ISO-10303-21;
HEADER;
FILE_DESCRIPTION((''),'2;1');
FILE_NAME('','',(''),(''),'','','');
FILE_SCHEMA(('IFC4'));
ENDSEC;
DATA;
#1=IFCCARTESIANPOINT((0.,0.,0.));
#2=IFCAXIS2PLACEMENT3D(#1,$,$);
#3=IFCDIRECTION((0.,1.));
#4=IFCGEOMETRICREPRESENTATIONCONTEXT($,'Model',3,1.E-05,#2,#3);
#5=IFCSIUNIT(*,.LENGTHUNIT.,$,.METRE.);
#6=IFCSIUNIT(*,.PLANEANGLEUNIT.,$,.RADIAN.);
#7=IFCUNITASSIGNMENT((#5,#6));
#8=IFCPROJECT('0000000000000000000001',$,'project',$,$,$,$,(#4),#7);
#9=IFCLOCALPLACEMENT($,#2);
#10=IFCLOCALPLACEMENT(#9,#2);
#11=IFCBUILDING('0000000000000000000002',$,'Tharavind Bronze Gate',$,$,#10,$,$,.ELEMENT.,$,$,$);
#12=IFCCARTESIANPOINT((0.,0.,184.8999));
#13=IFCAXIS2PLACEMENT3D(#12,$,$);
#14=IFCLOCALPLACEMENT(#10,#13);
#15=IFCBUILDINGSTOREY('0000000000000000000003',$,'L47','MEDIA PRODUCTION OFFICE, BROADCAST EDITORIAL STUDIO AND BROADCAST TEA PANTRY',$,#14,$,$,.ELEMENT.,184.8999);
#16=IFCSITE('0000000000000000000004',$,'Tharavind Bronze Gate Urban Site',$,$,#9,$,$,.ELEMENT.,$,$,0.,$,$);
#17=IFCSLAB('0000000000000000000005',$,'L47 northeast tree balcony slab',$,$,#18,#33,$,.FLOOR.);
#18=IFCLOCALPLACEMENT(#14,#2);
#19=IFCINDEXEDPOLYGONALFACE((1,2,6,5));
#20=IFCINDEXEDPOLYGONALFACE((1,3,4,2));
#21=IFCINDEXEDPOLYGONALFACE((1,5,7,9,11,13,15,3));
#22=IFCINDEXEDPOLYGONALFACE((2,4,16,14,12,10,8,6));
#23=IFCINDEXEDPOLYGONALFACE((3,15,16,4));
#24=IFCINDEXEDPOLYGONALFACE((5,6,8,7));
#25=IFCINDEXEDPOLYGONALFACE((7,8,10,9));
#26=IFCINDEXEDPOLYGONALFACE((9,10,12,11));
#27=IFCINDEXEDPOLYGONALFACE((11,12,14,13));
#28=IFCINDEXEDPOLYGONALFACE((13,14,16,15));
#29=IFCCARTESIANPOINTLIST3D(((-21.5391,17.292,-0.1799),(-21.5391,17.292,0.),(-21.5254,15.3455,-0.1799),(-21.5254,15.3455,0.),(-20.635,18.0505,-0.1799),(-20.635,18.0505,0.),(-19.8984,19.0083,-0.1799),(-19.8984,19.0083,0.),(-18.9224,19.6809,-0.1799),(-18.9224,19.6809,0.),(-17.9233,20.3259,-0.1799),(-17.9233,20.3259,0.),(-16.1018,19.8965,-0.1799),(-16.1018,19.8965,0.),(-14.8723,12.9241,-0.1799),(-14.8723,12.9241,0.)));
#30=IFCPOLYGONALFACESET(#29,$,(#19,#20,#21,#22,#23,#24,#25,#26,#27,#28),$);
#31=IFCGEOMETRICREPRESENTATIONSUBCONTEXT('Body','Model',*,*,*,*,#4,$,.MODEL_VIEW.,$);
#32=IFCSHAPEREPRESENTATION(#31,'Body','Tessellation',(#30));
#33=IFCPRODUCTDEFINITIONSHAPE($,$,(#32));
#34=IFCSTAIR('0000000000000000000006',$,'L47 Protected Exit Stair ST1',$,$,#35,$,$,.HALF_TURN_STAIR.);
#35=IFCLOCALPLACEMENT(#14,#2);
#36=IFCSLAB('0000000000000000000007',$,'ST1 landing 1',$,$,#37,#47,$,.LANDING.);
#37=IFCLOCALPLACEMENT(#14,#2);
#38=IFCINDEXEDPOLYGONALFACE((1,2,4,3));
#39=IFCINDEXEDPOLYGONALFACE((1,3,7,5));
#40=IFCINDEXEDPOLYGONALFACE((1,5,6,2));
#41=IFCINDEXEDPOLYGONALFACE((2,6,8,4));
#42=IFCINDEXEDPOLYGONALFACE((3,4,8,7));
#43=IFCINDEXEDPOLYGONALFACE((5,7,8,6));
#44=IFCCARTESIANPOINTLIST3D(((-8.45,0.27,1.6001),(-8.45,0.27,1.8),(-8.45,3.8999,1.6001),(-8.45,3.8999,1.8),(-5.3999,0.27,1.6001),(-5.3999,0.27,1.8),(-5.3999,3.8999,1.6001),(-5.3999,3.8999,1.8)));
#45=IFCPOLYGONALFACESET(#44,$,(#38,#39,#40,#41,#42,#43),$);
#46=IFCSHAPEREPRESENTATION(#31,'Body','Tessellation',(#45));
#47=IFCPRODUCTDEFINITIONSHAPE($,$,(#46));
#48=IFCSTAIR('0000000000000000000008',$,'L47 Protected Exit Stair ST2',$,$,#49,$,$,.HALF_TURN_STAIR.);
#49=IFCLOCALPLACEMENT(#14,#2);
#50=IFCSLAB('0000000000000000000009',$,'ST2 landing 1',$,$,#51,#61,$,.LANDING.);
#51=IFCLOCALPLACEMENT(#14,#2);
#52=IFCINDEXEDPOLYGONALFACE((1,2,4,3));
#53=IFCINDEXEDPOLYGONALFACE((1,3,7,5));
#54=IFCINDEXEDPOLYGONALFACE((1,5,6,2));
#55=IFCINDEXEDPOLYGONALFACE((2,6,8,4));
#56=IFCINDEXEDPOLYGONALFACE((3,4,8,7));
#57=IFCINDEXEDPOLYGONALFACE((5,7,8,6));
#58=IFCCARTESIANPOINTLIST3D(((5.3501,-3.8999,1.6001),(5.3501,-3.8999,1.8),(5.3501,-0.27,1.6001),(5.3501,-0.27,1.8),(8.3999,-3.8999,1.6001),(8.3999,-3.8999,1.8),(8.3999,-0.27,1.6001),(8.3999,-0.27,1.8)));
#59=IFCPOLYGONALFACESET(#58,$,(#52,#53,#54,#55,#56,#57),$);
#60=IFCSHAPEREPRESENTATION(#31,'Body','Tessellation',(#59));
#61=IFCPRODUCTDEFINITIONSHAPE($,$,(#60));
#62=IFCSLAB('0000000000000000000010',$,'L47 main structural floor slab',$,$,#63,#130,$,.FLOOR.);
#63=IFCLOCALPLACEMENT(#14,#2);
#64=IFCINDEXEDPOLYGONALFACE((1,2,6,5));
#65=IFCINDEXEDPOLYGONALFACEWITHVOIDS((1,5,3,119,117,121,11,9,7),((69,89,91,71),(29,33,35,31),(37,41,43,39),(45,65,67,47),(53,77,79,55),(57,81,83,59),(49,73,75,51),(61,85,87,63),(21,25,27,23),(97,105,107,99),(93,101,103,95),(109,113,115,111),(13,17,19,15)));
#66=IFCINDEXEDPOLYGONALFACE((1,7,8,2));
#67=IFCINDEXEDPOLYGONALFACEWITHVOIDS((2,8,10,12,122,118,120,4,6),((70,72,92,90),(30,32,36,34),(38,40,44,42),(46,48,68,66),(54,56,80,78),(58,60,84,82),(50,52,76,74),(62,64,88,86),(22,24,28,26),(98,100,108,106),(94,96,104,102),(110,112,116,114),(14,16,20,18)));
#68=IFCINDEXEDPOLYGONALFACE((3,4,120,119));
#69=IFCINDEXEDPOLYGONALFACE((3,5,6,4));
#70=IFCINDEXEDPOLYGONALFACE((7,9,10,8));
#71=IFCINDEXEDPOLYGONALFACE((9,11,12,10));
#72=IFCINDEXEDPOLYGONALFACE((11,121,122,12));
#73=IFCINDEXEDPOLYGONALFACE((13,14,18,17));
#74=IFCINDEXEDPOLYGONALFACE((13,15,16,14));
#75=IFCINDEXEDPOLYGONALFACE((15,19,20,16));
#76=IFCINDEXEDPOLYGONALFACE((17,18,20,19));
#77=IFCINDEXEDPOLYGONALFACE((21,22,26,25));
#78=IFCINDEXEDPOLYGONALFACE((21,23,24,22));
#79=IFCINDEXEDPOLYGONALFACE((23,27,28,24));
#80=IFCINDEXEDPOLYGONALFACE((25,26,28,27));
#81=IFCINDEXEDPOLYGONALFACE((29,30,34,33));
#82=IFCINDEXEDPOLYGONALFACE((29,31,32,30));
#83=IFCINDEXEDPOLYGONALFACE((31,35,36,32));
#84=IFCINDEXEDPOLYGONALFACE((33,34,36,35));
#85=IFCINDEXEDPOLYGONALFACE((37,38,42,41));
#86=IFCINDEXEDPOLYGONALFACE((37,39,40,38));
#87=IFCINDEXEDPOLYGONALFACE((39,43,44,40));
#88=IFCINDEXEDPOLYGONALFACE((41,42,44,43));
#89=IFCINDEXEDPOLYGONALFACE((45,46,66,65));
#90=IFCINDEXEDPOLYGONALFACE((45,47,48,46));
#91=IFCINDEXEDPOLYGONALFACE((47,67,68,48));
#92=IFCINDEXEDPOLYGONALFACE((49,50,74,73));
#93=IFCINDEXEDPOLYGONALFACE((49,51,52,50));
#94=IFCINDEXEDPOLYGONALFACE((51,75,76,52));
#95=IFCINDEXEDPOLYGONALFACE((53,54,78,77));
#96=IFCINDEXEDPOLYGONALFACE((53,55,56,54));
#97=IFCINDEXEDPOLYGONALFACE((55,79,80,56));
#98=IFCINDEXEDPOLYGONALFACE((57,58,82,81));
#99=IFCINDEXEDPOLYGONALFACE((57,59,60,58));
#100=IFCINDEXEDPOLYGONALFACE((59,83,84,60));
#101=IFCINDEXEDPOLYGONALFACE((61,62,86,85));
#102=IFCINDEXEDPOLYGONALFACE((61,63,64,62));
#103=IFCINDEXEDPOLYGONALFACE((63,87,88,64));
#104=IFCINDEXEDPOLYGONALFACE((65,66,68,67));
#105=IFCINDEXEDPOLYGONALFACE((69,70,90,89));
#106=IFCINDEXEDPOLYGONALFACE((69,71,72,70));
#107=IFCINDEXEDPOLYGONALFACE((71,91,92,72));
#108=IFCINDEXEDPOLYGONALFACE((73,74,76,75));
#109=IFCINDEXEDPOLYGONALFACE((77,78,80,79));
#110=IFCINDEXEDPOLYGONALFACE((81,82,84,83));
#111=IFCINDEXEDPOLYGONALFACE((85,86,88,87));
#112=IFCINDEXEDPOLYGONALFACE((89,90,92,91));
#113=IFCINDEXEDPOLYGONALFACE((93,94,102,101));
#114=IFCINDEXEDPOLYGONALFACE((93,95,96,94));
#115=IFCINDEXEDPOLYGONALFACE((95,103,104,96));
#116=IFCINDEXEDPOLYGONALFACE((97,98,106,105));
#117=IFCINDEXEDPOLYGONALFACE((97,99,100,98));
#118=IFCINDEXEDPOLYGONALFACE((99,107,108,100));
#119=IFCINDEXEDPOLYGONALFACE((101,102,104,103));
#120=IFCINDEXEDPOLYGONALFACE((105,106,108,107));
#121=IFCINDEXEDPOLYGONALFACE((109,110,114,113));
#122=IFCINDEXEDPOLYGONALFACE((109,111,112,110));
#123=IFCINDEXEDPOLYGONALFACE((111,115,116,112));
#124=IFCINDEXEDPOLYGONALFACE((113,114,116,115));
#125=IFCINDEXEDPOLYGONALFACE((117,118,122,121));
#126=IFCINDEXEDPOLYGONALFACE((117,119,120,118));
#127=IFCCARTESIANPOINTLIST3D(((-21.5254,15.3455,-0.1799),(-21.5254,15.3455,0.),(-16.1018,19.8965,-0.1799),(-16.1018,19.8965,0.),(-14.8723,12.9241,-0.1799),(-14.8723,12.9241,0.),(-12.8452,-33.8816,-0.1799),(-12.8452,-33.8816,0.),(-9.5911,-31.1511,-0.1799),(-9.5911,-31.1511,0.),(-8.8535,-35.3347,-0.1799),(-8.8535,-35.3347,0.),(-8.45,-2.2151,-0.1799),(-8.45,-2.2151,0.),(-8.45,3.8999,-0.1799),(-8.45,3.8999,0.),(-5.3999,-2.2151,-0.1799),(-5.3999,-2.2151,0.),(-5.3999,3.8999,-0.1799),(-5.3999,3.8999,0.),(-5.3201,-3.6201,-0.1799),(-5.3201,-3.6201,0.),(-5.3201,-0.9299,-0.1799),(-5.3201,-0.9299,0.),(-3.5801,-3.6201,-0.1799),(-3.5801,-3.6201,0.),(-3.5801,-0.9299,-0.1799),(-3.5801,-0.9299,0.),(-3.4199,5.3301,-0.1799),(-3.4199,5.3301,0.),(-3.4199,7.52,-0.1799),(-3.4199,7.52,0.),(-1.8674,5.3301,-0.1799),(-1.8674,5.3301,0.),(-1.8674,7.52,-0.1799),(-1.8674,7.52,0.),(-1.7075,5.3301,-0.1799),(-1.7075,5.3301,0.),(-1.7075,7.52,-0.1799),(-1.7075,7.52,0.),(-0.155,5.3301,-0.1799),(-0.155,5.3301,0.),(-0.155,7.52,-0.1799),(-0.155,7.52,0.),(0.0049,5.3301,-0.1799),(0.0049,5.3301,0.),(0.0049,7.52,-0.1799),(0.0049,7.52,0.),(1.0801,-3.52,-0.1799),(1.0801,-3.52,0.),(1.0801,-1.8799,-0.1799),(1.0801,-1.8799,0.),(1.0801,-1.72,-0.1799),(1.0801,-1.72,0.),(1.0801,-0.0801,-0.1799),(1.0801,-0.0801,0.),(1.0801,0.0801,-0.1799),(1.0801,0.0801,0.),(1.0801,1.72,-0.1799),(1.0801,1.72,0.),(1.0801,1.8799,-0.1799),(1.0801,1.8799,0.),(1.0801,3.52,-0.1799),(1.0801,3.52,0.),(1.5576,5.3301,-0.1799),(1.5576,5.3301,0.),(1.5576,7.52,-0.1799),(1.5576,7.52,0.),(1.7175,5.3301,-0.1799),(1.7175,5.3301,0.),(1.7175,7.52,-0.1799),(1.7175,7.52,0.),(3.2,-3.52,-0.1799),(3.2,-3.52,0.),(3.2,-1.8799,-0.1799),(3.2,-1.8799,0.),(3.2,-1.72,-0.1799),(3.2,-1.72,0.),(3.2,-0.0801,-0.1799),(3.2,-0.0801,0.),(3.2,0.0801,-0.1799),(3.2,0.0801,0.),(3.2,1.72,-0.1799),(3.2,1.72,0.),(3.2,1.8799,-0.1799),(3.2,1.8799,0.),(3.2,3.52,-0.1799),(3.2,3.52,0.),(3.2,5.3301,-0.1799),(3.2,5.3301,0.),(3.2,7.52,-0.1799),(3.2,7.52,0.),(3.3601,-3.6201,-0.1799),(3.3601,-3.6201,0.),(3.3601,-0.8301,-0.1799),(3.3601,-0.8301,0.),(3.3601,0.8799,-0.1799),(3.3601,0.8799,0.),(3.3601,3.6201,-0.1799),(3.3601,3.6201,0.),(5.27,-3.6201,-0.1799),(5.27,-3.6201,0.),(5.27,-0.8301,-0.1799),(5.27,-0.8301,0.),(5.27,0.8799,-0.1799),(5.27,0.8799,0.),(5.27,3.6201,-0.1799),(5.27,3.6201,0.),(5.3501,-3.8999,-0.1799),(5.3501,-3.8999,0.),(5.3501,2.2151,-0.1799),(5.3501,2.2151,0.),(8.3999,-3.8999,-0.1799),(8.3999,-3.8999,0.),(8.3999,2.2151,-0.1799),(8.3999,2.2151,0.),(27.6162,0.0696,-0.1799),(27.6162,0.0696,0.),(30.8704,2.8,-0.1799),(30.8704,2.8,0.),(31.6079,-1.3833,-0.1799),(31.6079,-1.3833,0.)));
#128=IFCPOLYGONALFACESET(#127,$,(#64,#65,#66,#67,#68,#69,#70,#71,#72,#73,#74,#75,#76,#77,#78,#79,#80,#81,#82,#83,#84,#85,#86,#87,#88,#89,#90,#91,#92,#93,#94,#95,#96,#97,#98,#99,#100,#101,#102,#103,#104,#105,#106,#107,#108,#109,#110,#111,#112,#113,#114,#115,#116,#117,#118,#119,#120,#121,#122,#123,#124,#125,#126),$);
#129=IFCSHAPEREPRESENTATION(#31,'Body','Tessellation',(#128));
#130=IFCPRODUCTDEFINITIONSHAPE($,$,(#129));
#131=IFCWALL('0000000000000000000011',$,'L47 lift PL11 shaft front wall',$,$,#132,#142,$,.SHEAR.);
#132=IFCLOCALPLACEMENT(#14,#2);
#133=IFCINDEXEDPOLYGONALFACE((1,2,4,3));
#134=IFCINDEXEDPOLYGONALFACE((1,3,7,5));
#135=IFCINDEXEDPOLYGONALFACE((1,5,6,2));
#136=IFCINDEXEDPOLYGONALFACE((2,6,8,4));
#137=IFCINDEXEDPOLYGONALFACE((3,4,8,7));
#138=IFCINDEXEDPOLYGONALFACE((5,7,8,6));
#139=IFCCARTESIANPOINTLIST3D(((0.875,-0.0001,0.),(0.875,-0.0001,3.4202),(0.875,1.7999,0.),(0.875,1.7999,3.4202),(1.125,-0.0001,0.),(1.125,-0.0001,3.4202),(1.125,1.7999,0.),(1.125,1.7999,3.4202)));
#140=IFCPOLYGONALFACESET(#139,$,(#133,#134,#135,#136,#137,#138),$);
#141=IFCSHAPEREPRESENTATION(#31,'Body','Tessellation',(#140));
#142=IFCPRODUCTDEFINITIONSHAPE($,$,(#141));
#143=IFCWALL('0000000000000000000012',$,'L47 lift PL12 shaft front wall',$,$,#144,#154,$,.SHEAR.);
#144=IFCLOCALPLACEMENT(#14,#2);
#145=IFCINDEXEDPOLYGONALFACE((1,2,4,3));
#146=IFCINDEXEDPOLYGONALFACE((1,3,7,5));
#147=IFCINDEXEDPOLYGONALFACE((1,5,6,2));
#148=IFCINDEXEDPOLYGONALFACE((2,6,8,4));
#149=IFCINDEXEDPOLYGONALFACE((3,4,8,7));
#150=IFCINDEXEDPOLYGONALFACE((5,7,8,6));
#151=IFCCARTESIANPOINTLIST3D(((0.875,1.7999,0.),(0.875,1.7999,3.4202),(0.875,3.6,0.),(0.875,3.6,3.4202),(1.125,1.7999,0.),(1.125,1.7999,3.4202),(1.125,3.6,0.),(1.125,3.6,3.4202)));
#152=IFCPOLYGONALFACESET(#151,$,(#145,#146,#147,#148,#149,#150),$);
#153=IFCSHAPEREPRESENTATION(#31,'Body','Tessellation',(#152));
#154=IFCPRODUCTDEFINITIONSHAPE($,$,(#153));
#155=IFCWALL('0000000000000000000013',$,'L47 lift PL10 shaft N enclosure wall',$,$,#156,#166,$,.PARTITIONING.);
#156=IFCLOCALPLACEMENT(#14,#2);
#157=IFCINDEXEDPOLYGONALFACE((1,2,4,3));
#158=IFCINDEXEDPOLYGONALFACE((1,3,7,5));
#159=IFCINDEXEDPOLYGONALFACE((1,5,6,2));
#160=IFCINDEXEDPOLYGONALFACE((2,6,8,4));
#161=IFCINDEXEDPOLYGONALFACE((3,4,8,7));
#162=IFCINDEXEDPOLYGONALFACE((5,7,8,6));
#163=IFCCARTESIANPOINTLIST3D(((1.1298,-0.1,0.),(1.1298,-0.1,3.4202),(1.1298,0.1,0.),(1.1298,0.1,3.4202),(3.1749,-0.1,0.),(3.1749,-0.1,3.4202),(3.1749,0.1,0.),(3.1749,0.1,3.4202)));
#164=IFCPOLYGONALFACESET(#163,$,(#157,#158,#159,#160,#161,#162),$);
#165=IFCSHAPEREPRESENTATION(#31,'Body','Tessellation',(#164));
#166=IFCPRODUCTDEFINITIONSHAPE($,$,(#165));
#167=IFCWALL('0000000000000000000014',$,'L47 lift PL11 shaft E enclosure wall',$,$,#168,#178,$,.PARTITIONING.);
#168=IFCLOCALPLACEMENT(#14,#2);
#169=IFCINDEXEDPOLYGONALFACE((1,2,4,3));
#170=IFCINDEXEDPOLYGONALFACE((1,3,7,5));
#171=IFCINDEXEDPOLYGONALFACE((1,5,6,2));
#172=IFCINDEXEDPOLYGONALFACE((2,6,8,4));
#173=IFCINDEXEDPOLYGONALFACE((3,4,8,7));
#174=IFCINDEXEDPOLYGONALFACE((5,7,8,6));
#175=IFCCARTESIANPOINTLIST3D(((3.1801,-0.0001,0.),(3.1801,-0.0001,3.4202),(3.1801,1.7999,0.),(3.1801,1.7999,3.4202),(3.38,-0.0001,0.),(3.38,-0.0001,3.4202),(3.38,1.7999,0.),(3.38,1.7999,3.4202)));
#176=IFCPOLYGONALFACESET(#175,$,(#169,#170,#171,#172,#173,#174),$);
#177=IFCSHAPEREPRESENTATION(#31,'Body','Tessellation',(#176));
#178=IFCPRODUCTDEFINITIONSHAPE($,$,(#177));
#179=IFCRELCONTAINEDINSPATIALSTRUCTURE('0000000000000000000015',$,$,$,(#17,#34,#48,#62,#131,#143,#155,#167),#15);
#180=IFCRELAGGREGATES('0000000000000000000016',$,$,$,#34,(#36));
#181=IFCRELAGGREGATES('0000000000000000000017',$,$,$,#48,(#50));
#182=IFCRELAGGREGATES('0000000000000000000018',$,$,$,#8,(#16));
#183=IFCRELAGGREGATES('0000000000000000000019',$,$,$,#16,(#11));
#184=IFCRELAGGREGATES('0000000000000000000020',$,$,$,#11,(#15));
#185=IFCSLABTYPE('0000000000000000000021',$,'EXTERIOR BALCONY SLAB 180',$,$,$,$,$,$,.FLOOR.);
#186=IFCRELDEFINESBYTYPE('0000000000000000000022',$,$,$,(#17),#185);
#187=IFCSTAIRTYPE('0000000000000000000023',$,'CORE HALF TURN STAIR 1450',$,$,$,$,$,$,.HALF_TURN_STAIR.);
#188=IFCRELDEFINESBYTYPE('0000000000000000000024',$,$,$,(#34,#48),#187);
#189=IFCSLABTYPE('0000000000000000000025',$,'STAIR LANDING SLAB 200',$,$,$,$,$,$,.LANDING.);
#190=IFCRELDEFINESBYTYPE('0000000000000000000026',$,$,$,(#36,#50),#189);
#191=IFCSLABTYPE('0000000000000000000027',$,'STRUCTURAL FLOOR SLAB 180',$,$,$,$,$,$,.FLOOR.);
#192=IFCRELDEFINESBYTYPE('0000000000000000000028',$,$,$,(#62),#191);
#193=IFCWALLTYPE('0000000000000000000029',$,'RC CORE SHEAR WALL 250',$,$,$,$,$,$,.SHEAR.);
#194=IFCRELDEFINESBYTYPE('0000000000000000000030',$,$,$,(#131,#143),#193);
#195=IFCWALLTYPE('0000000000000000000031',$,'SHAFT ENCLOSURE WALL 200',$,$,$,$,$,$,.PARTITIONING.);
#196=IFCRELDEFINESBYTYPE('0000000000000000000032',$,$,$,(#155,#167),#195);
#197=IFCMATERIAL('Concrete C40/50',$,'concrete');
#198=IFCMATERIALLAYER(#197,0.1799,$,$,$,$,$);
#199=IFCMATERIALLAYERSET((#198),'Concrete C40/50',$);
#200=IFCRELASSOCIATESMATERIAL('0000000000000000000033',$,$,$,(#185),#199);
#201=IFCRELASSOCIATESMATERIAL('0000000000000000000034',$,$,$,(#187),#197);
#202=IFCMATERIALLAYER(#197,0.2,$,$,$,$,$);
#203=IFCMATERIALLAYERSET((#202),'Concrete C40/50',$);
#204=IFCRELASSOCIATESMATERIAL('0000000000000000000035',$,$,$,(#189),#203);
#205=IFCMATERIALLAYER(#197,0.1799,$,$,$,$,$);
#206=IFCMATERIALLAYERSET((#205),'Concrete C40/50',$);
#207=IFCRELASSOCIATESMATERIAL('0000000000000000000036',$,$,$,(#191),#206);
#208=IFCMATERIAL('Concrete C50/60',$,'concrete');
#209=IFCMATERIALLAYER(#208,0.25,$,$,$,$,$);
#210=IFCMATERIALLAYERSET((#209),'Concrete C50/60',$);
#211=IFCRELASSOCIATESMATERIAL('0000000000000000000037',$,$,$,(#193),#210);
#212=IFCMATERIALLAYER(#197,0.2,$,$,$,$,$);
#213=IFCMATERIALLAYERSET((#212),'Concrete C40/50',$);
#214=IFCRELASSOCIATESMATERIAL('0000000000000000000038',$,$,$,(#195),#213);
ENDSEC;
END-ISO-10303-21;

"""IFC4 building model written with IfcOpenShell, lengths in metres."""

from ifc_helpers import new_model, si_unit, direction, frame, frame_2d, origin, place, context, subcontext, project, spatial, polyline, rectangle, outline, extrude, material, layer, layer_set, type_object, element, aggregate, save


model = new_model("IFC4")

# Units and contexts
model_context = context("Model", 3, precision=1e-05, world=origin(), true_north=direction((0.0, 1.0)))
body_context = subcontext(model_context, "Body", "Model", "MODEL_VIEW")
ifc_project = project(units=[si_unit("LENGTHUNIT", "METRE"), si_unit("PLANEANGLEUNIT", "RADIAN")], contexts=[model_context])

# Site, building, storey
site_placement = place(None, origin())
site = spatial("IfcSite", under=ifc_project, at=site_placement, Name="Tharavind Bronze Gate Urban Site", CompositionType="ELEMENT", RefElevation=0.0)
building_placement = place(site_placement, origin())
building = spatial("IfcBuilding", under=site, at=building_placement, Name="Tharavind Bronze Gate", CompositionType="ELEMENT")
storey_placement = place(building_placement, frame((0.0, 0.0, 184.8999)))
storey = spatial("IfcBuildingStorey", under=building, at=storey_placement, Name="L47", Description="MEDIA PRODUCTION OFFICE, BROADCAST EDITORIAL STUDIO AND BROADCAST TEA PANTRY", CompositionType="ELEMENT", Elevation=184.8999)

# Slab
ifc_material_1 = material(Name="Concrete C40/50", Category="concrete")
ifc_layer_1 = layer(ifc_material_1, 0.1799)
ifc_layer_set_1 = layer_set([ifc_layer_1], Name="Concrete C40/50")
slab_type_1 = type_object("IfcSlabType", Name="EXTERIOR BALCONY SLAB 180", PredefinedType="FLOOR", material=ifc_layer_set_1)
slab_1_placement = place(storey_placement, frame((0.0, 0.0, -0.1799)))
element("IfcSlab", 1, at=slab_1_placement, inside=storey, type_object=slab_type_1, Name="L47 northeast tree balcony slab", PredefinedType="FLOOR", context=body_context, shape_type="SweptSolid", body=[
    extrude(outline(polyline([(-17.9233, 20.3259), (-18.9224, 19.6809), (-19.8984, 19.0083), (-20.635, 18.0505), (-21.5391, 17.292), (-21.5254, 15.3455), (-14.8723, 12.9241), (-16.1018, 19.8965), (-17.9233, 20.3259)])), origin(), (0.0, 0.0, 1.0), 0.1799),
])

# Stairs, slabs
stair_type = type_object("IfcStairType", Name="CORE HALF TURN STAIR 1450", PredefinedType="HALF_TURN_STAIR", material=ifc_material_1)
stair_1_placement = place(storey_placement, origin())
stair_1 = element("IfcStair", 2, at=stair_1_placement, inside=storey, type_object=stair_type, Name="L47 Protected Exit Stair ST1", PredefinedType="HALF_TURN_STAIR")
ifc_layer_2 = layer(ifc_material_1, 0.2)
ifc_layer_set_2 = layer_set([ifc_layer_2], Name="Concrete C40/50")
slab_type_2 = type_object("IfcSlabType", Name="STAIR LANDING SLAB 200", PredefinedType="LANDING", material=ifc_layer_set_2)
slab_2_placement = place(storey_placement, frame((0.0, 0.0, 1.6001)))
slab_2 = element("IfcSlab", 3, at=slab_2_placement, type_object=slab_type_2, Name="ST1 landing 1", PredefinedType="LANDING", context=body_context, shape_type="SweptSolid", body=[
    extrude(outline(polyline([(-5.3999, 0.27), (-5.3999, 3.8999), (-8.45, 3.8999), (-8.45, 0.27), (-5.3999, 0.27)])), origin(), (0.0, 0.0, 1.0), 0.2),
])
aggregate(stair_1, [slab_2])
stair_2_placement = place(storey_placement, origin())
stair_2 = element("IfcStair", 4, at=stair_2_placement, inside=storey, type_object=stair_type, Name="L47 Protected Exit Stair ST2", PredefinedType="HALF_TURN_STAIR")
slab_3_placement = place(storey_placement, frame((0.0, 0.0, 1.6001)))
slab_3 = element("IfcSlab", 5, at=slab_3_placement, type_object=slab_type_2, Name="ST2 landing 1", PredefinedType="LANDING", context=body_context, shape_type="SweptSolid", body=[
    extrude(outline(polyline([(5.3501, -0.27), (5.3501, -3.8999), (8.3999, -3.8999), (8.3999, -0.27), (5.3501, -0.27)])), origin(), (0.0, 0.0, 1.0), 0.2),
])
aggregate(stair_2, [slab_3])

# Slab
ifc_layer_3 = layer(ifc_material_1, 0.1799)
ifc_layer_set_3 = layer_set([ifc_layer_3], Name="Concrete C40/50")
slab_type_3 = type_object("IfcSlabType", Name="STRUCTURAL FLOOR SLAB 180", PredefinedType="FLOOR", material=ifc_layer_set_3)
slab_4_placement = place(storey_placement, frame((0.0, 0.0, -0.1799)))
element("IfcSlab", 6, at=slab_4_placement, inside=storey, type_object=slab_type_3, Name="L47 main structural floor slab", PredefinedType="FLOOR", context=body_context, shape_type="SweptSolid", body=[
    extrude(outline(polyline([(-16.1018, 19.8965), (-14.8723, 12.9241), (-21.5254, 15.3455), (-12.8452, -33.8816), (-9.5911, -31.1511), (-8.8535, -35.3347), (31.6079, -1.3833), (27.6162, 0.0696), (30.8704, 2.8), (-16.1018, 19.8965)]), holes=[polyline([(-5.3999, -2.2151), (-5.3999, 3.8999), (-8.45, 3.8999), (-8.45, -2.2151), (-5.3999, -2.2151)]), polyline([(5.3501, 2.2151), (5.3501, -3.8999), (8.3999, -3.8999), (8.3999, 2.2151), (5.3501, 2.2151)]), polyline([(-3.4199, 5.3301), (-1.8674, 5.3301), (-1.8674, 7.52), (-3.4199, 7.52), (-3.4199, 5.3301)]), polyline([(-1.7075, 5.3301), (-0.155, 5.3301), (-0.155, 7.52), (-1.7075, 7.52), (-1.7075, 5.3301)]), polyline([(0.0049, 5.3301), (1.5576, 5.3301), (1.5576, 7.52), (0.0049, 7.52), (0.0049, 5.3301)]), polyline([(1.7175, 5.3301), (3.2, 5.3301), (3.2, 7.52), (1.7175, 7.52), (1.7175, 5.3301)]), polyline([(1.0801, -3.52), (3.2, -3.52), (3.2, -1.8799), (1.0801, -1.8799), (1.0801, -3.52)]), polyline([(1.0801, -1.72), (3.2, -1.72), (3.2, -0.0801), (1.0801, -0.0801), (1.0801, -1.72)]), polyline([(1.0801, 0.0801), (3.2, 0.0801), (3.2, 1.72), (1.0801, 1.72), (1.0801, 0.0801)]), polyline([(1.0801, 1.8799), (3.2, 1.8799), (3.2, 3.52), (1.0801, 3.52), (1.0801, 1.8799)]), polyline([(-5.3201, -3.6201), (-3.5801, -3.6201), (-3.5801, -0.9299), (-5.3201, -0.9299), (-5.3201, -3.6201)]), polyline([(3.3601, 0.8799), (5.27, 0.8799), (5.27, 3.6201), (3.3601, 3.6201), (3.3601, 0.8799)]), polyline([(3.3601, -3.6201), (5.27, -3.6201), (5.27, -0.8301), (3.3601, -0.8301), (3.3601, -3.6201)])]), origin(), (0.0, 0.0, 1.0), 0.1799),
])

# Walls
ifc_material_2 = material(Name="Concrete C50/60", Category="concrete")
ifc_layer_4 = layer(ifc_material_2, 0.25)
ifc_layer_set_4 = layer_set([ifc_layer_4], Name="Concrete C50/60")
wall_type_1 = type_object("IfcWallType", Name="RC CORE SHEAR WALL 250", PredefinedType="SHEAR", material=ifc_layer_set_4)
for number, where, z_axis, x_axis, name in (
    (7, (1.0, 0.0, 0.0), (0.0, 0.0, 1.0), (0.0, 1.0, 0.0), "L47 lift PL11 shaft front wall"),
    (8, (1.0, 1.8, 0.0), (0.0, 0.0, 1.0), (0.0, 1.0, 0.0), "L47 lift PL12 shaft front wall"),
):
    element("IfcWall", number, at=place(storey_placement, frame(where, z_axis=z_axis, x_axis=x_axis)), inside=storey, type_object=wall_type_1, Name=name, PredefinedType="SHEAR", context=body_context, shape_type="SweptSolid", body=[
        extrude(rectangle(XDim=1.8, YDim=0.25, at=frame_2d((0.8999, 0.0))), origin(), (0.0, 0.0, 1.0), 3.4202),
    ])
ifc_layer_5 = layer(ifc_material_1, 0.2)
ifc_layer_set_5 = layer_set([ifc_layer_5], Name="Concrete C40/50")
wall_type_2 = type_object("IfcWallType", Name="SHAFT ENCLOSURE WALL 200", PredefinedType="PARTITIONING", material=ifc_layer_set_5)
wall_1_placement = place(storey_placement, frame((1.1299, 0.0, 0.0), z_axis=(0.0, 0.0, 1.0), x_axis=(1.0, 0.0, 0.0)))
element("IfcWall", 9, at=wall_1_placement, inside=storey, type_object=wall_type_2, Name="L47 lift PL10 shaft N enclosure wall", PredefinedType="PARTITIONING", context=body_context, shape_type="SweptSolid", body=[
    extrude(rectangle(XDim=2.0452, YDim=0.2, at=frame_2d((1.0225, 0.0))), origin(), (0.0, 0.0, 1.0), 3.4202),
])
wall_2_placement = place(storey_placement, frame((3.28, 0.0, 0.0), z_axis=(0.0, 0.0, 1.0), x_axis=(0.0, 1.0, 0.0)))
element("IfcWall", 10, at=wall_2_placement, inside=storey, type_object=wall_type_2, Name="L47 lift PL11 shaft E enclosure wall", PredefinedType="PARTITIONING", context=body_context, shape_type="SweptSolid", body=[
    extrude(rectangle(XDim=1.8, YDim=0.2, at=frame_2d((0.8999, 0.0))), origin(), (0.0, 0.0, 1.0), 3.4202),
])

save(model, "model.ifc")
